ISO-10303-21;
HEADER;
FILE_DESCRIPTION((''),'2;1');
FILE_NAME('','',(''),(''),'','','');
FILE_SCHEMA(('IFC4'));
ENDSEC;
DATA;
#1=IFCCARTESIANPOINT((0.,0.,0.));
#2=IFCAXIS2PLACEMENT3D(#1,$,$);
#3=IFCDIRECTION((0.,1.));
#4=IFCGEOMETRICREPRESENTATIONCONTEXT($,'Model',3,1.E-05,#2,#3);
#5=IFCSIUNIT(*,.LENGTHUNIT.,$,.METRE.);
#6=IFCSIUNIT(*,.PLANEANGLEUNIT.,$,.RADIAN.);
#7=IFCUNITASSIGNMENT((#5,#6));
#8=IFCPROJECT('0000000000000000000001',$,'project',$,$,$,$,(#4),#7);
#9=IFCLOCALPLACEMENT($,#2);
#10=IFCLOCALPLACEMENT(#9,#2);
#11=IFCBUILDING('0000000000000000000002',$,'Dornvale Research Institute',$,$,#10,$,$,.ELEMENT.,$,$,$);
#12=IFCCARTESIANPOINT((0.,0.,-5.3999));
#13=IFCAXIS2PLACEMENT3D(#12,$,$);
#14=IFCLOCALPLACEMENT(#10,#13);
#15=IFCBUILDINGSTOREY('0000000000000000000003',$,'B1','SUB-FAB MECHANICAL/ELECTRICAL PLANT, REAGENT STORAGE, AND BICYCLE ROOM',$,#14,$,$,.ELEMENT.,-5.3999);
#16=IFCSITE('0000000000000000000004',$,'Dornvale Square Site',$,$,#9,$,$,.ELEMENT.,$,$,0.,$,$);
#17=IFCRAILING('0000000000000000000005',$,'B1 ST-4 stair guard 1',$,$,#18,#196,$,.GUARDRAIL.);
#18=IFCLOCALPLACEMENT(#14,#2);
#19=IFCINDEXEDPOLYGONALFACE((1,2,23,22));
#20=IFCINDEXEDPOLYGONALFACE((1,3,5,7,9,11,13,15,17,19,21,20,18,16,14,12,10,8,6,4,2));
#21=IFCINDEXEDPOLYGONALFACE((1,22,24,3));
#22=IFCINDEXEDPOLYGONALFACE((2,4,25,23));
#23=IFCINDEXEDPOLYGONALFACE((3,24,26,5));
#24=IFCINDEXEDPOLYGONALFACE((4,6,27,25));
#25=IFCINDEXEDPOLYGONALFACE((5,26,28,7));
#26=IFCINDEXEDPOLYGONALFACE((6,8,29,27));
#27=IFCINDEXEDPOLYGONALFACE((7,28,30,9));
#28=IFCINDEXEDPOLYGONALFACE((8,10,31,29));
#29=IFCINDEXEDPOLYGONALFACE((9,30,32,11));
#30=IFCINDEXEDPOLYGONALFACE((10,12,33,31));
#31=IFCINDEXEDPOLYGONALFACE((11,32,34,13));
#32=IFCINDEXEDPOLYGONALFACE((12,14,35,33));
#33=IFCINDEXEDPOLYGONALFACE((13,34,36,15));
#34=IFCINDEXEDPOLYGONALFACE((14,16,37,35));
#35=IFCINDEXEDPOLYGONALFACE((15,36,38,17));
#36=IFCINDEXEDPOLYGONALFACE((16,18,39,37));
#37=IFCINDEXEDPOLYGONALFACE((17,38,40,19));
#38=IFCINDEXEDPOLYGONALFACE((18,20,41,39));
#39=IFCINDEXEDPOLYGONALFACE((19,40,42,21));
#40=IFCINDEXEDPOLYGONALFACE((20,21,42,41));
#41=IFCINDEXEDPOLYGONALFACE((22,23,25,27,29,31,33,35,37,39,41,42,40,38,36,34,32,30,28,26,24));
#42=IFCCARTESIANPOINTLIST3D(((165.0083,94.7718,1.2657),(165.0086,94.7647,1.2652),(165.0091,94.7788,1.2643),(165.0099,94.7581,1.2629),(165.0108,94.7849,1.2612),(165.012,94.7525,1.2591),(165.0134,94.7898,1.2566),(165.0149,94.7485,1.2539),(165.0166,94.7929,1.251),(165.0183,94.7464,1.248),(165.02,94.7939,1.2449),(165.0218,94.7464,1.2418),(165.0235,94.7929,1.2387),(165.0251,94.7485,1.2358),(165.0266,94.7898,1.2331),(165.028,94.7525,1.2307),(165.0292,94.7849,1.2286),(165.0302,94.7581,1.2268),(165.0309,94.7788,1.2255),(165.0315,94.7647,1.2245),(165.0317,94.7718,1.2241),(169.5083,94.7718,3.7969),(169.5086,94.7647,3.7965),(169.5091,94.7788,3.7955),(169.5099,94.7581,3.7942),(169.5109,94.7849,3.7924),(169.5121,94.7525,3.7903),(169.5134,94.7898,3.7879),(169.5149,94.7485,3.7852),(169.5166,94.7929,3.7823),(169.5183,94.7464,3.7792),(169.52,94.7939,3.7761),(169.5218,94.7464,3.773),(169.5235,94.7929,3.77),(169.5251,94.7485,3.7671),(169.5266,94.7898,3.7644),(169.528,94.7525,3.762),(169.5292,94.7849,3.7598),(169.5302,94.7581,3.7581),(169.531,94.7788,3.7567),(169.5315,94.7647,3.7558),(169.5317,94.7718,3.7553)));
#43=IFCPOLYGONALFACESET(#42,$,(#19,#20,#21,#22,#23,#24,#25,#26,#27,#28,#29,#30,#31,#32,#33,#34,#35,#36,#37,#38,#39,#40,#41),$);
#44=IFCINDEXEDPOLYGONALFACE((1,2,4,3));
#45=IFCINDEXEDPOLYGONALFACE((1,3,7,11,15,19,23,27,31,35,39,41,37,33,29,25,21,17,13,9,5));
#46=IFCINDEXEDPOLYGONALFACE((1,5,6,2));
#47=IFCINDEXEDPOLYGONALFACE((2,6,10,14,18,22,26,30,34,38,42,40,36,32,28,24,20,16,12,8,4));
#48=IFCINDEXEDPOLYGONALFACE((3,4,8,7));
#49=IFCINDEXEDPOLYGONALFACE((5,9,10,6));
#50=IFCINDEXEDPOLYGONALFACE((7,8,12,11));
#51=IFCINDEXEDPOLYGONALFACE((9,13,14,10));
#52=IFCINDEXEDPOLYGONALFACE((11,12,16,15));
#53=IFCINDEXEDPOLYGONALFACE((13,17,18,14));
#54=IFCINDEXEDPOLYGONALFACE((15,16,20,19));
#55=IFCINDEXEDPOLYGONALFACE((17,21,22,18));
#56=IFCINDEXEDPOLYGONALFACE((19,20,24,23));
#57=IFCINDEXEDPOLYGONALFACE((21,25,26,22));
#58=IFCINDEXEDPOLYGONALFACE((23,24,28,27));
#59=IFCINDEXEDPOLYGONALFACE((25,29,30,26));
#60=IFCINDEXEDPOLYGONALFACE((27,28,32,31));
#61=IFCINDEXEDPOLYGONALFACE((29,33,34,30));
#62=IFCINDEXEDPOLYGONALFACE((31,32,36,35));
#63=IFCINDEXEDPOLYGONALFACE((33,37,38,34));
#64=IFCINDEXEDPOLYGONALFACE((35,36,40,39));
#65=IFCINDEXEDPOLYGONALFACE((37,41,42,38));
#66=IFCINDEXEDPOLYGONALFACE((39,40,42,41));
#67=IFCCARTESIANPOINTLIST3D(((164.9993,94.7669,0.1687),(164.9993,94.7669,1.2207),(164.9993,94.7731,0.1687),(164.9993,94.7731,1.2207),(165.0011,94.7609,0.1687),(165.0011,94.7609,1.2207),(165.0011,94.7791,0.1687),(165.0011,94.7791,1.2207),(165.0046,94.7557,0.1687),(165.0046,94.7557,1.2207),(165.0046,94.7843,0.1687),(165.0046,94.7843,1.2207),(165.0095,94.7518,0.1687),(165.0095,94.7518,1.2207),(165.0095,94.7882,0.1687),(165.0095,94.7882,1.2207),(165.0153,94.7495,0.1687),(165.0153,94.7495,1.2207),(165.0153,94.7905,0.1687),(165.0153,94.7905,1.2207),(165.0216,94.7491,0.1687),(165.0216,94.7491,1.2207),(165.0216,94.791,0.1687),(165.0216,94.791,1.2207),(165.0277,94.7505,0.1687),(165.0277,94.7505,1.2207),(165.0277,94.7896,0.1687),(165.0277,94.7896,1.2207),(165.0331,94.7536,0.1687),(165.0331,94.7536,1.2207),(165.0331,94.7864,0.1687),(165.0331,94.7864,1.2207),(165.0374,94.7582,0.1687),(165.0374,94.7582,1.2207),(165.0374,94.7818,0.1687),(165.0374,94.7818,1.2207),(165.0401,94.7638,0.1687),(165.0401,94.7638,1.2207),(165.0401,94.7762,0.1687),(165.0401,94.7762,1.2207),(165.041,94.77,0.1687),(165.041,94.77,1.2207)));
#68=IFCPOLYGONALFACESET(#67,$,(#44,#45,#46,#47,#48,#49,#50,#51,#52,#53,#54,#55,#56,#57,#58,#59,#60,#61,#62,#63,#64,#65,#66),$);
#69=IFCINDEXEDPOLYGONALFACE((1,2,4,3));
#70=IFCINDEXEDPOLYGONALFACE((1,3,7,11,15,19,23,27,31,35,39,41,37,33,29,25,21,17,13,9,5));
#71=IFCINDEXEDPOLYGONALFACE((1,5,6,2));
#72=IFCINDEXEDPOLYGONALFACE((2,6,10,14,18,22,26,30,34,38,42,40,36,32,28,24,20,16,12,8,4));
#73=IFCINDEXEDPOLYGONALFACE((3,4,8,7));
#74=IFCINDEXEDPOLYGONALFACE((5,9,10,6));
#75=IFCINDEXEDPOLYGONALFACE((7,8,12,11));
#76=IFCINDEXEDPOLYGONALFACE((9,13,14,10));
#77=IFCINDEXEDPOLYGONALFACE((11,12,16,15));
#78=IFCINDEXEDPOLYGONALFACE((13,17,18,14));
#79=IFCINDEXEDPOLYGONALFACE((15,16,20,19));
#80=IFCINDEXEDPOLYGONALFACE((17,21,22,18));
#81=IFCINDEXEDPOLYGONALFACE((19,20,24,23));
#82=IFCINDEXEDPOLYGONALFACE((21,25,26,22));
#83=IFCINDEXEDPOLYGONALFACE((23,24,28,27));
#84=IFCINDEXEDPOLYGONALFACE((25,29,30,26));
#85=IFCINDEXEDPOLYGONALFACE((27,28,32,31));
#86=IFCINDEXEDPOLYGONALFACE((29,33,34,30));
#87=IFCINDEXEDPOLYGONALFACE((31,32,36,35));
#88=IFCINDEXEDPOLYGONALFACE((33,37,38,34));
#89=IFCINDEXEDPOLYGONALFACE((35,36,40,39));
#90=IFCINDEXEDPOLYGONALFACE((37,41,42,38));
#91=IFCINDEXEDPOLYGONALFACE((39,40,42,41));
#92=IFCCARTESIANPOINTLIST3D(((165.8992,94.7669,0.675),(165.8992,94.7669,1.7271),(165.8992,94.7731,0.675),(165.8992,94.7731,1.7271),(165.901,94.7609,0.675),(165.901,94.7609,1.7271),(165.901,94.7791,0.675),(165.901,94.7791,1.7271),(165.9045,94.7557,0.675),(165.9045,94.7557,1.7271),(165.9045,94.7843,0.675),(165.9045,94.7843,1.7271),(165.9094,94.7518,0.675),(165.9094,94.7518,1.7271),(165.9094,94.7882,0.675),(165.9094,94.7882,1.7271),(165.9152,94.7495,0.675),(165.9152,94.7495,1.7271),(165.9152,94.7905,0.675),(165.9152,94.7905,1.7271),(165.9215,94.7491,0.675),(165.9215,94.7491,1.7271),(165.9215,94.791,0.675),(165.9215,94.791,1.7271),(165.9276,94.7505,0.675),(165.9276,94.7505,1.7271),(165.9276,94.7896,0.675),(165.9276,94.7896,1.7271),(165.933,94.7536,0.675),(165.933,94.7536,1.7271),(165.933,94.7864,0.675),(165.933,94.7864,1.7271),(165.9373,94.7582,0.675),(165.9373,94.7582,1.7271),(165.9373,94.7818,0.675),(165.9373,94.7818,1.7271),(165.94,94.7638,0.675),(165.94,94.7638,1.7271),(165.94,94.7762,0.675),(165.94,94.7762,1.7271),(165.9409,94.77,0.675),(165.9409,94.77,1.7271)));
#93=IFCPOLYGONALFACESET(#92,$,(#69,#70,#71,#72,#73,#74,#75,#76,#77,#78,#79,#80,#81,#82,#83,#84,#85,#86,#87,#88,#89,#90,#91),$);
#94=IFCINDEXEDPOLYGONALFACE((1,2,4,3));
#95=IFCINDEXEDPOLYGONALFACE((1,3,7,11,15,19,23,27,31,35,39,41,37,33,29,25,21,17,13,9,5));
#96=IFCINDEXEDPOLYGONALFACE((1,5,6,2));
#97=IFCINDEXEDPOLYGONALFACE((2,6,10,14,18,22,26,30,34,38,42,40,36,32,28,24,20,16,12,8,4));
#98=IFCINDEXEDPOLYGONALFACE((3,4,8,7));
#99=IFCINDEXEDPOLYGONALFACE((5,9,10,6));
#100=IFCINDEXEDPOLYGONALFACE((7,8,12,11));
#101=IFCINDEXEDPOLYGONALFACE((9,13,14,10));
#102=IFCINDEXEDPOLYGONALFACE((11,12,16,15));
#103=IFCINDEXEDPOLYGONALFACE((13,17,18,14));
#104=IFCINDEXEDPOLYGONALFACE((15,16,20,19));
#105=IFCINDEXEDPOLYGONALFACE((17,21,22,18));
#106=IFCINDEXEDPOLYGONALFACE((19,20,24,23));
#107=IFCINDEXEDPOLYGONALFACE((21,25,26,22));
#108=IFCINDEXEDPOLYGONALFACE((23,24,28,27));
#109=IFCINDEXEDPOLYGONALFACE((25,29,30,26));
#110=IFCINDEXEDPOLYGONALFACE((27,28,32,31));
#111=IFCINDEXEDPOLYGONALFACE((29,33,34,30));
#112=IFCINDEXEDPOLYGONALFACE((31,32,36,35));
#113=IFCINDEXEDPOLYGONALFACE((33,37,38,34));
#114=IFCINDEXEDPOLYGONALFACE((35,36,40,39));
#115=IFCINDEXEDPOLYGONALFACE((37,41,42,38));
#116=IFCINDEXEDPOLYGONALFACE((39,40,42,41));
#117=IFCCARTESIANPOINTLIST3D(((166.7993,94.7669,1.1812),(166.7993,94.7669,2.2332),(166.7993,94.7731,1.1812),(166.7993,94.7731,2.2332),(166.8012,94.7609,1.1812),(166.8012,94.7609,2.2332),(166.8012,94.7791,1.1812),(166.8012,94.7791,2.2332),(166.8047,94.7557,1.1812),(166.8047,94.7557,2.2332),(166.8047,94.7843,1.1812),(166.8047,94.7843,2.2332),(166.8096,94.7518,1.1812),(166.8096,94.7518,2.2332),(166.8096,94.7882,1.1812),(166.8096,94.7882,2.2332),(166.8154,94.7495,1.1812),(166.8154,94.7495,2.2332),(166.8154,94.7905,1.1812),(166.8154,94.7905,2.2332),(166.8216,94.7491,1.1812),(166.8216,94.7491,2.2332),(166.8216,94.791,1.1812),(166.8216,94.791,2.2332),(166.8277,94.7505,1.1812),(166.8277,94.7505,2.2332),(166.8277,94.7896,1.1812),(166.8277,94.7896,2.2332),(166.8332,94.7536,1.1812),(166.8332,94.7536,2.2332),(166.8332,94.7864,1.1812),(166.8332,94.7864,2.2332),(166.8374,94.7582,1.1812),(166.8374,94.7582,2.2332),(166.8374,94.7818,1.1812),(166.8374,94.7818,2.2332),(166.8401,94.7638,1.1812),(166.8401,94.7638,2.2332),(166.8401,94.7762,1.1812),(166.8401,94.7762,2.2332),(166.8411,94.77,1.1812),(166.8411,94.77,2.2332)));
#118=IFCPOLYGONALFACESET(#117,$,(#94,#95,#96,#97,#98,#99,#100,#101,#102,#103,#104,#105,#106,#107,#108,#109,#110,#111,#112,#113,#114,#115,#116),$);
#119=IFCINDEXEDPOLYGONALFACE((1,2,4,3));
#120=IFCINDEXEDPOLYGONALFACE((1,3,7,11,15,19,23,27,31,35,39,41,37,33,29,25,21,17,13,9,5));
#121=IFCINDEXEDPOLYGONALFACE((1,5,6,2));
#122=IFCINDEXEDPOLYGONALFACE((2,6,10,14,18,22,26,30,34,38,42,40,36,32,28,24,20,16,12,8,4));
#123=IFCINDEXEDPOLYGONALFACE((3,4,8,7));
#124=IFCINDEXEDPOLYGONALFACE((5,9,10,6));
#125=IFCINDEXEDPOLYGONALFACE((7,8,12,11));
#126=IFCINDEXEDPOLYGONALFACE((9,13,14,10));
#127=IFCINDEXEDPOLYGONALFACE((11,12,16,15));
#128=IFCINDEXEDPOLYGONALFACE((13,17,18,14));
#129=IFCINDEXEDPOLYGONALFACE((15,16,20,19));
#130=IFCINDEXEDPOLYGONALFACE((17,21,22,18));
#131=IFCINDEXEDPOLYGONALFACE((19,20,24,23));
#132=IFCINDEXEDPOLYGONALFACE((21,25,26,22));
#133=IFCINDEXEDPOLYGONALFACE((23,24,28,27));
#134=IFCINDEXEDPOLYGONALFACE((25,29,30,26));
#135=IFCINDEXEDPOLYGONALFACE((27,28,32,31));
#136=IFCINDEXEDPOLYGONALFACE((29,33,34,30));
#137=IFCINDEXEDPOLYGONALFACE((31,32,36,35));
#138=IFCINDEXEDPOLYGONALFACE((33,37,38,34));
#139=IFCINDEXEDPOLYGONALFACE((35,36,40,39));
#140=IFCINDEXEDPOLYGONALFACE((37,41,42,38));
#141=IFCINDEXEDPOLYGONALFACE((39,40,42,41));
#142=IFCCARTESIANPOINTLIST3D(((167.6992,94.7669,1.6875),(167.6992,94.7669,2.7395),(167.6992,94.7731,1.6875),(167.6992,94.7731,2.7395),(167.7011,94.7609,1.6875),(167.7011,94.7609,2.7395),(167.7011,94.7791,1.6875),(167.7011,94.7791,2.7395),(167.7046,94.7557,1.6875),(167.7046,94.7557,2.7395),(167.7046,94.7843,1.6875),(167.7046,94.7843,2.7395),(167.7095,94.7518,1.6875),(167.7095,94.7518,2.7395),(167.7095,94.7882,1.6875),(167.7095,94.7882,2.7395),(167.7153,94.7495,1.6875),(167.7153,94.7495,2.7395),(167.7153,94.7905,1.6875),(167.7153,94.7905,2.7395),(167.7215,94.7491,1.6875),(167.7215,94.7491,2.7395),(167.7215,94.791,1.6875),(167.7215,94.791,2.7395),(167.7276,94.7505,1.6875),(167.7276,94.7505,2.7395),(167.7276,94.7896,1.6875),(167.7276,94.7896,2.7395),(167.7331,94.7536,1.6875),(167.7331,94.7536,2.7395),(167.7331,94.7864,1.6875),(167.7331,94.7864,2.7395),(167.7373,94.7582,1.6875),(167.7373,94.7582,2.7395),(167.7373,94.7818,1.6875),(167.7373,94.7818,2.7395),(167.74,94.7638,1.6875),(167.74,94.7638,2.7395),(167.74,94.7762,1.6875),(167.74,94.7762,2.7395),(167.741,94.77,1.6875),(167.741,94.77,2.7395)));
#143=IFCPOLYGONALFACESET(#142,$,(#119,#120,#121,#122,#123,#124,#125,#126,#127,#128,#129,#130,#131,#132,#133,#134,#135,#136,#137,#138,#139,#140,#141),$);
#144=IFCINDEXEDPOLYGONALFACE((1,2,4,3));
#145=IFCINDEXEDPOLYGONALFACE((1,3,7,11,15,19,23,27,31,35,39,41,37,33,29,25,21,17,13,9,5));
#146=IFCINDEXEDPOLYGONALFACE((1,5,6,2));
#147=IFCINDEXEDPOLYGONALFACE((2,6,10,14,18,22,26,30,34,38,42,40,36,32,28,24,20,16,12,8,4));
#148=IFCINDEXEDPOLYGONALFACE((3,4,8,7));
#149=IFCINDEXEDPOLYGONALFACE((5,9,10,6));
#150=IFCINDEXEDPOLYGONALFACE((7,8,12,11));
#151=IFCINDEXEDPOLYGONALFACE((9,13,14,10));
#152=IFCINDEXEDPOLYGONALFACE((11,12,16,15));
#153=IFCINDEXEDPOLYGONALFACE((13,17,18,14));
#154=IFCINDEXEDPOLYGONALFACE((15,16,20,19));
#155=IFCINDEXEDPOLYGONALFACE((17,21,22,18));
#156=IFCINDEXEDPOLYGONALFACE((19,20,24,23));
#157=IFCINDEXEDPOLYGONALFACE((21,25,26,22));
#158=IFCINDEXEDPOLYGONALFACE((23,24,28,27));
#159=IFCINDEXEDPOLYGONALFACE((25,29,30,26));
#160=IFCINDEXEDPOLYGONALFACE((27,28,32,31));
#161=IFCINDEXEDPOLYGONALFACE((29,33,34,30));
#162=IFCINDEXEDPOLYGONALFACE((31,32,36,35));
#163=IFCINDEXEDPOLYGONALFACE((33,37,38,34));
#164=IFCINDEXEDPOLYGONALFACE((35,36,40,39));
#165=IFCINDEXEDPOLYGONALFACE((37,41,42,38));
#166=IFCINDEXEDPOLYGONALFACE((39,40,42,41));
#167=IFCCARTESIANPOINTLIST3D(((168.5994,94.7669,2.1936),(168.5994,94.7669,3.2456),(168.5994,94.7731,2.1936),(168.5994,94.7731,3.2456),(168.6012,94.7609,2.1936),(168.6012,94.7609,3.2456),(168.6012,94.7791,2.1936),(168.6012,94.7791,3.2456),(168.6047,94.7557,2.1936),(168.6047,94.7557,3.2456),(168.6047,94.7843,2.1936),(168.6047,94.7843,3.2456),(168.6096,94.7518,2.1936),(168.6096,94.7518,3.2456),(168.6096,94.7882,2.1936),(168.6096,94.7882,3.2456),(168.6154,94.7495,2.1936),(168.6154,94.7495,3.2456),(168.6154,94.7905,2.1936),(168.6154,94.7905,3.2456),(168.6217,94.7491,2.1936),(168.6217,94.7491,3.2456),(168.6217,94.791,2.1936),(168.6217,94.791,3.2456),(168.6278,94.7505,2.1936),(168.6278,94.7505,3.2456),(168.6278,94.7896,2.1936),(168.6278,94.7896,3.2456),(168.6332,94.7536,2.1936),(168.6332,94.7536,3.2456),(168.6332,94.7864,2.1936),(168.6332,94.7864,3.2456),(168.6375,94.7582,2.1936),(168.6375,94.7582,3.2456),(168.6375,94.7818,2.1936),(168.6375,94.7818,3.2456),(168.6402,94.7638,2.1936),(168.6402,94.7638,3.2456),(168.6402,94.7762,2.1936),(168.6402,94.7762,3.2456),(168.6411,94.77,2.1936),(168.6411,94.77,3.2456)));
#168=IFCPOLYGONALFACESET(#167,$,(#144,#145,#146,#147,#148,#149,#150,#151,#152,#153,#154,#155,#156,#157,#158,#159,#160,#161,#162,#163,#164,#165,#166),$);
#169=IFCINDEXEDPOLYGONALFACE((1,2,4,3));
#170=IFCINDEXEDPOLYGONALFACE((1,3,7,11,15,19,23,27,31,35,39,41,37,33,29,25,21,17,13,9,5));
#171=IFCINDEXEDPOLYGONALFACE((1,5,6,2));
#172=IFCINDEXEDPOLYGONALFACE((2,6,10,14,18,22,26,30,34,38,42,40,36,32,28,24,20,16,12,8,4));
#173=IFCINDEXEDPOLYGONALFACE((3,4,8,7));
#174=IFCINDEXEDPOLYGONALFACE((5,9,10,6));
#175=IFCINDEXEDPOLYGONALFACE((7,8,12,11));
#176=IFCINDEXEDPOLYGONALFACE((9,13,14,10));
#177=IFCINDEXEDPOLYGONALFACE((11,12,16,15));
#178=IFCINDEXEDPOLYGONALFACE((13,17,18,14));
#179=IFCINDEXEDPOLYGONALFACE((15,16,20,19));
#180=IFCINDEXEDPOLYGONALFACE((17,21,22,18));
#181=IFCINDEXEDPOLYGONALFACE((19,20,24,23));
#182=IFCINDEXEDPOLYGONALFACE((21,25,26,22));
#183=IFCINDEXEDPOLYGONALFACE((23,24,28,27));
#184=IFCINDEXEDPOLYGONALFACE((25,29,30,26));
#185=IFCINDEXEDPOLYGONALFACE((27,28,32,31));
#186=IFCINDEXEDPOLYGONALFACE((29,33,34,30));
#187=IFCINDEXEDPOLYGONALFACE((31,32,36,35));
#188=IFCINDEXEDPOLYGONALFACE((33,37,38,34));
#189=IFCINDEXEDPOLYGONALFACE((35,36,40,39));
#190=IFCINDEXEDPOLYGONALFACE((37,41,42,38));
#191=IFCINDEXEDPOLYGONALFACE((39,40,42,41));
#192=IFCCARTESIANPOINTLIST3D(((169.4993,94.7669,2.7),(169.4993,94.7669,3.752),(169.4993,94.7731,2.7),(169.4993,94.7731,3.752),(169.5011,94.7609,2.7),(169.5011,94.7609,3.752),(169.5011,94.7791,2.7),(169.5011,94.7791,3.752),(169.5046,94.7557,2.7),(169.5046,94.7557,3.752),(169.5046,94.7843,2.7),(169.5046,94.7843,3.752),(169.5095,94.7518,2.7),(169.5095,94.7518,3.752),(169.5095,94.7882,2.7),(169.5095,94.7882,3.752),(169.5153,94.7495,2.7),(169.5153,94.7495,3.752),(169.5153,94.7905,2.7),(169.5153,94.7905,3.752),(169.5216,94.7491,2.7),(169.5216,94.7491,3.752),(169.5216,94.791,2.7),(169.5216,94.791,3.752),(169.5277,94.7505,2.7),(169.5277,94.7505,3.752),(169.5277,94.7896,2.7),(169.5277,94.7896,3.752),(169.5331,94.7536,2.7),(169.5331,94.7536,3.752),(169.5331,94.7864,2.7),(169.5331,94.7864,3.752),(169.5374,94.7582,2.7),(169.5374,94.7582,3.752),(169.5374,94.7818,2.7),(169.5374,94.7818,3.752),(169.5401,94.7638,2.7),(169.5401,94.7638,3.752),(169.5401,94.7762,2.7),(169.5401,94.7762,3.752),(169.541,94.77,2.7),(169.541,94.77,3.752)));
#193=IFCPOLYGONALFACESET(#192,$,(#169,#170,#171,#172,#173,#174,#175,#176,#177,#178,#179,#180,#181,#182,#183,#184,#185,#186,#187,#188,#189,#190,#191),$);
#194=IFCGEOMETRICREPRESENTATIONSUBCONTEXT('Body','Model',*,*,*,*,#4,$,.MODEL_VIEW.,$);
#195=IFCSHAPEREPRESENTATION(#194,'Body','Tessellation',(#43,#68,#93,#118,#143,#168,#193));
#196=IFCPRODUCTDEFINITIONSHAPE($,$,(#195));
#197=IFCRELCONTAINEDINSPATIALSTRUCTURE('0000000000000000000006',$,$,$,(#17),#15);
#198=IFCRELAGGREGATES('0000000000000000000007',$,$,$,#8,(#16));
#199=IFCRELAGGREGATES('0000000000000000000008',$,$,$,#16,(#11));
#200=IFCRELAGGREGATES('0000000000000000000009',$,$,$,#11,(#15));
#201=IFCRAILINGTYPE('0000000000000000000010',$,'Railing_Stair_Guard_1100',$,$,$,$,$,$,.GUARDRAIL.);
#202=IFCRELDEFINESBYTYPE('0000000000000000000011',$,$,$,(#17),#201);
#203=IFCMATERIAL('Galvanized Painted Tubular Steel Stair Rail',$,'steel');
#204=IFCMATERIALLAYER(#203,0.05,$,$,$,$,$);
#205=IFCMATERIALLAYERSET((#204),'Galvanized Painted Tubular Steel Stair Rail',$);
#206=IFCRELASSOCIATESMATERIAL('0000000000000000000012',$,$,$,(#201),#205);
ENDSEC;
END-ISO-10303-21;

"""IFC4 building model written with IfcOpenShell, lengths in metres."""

from ifc_helpers import new_model, si_unit, direction, frame, origin, origin_2d, place, context, subcontext, project, spatial, circle, extrude, material, layer, layer_set, type_object, element, save


model = new_model("IFC4")

# Units and contexts
model_context = context("Model", 3, precision=1e-05, world=origin(), true_north=direction((0.0, 1.0)))
body_context = subcontext(model_context, "Body", "Model", "MODEL_VIEW")
ifc_project = project(units=[si_unit("LENGTHUNIT", "METRE"), si_unit("PLANEANGLEUNIT", "RADIAN")], contexts=[model_context])

# Site, building, storey
site_placement = place(None, origin())
site = spatial("IfcSite", under=ifc_project, at=site_placement, Name="Dornvale Square Site", CompositionType="ELEMENT", RefElevation=0.0)
building_placement = place(site_placement, origin())
building = spatial("IfcBuilding", under=site, at=building_placement, Name="Dornvale Research Institute", CompositionType="ELEMENT")
storey_placement = place(building_placement, frame((0.0, 0.0, -5.3999)))
storey = spatial("IfcBuildingStorey", under=building, at=storey_placement, Name="B1", Description="SUB-FAB MECHANICAL/ELECTRICAL PLANT, REAGENT STORAGE, AND BICYCLE ROOM", CompositionType="ELEMENT", Elevation=-5.3999)

# Railing
ifc_material_1 = material(Name="Galvanized Painted Tubular Steel Stair Rail", Category="steel")
ifc_layer_1 = layer(ifc_material_1, 0.05)
ifc_layer_set_1 = layer_set([ifc_layer_1], Name="Galvanized Painted Tubular Steel Stair Rail")
railing_type_1 = type_object("IfcRailingType", Name="Railing_Stair_Guard_1100", PredefinedType="GUARDRAIL", material=ifc_layer_set_1)
railing_1_placement = place(storey_placement, frame((165.02, 94.77, 0.1687)))
element("IfcRailing", 1, at=railing_1_placement, inside=storey, type_object=railing_type_1, Name="B1 ST-4 stair guard 1", PredefinedType="GUARDRAIL", context=body_context, shape_type="SweptSolid", body=[
    extrude(circle(Radius=0.0239, at=origin_2d()), frame((0.0, 0.0, 1.0762), z_axis=(0.871576, 0.0, 0.490261), x_axis=(0.0, 1.0, 0.0)), (0.0, 0.0, 1.0), 5.1631),
    extrude(circle(Radius=0.021, at=origin_2d()), origin(), (0.0, 0.0, 1.0), 1.052),
    extrude(circle(Radius=0.021, at=origin_2d()), frame((0.8999, 0.0, 0.5063)), (0.0, 0.0, 1.0), 1.052),
    extrude(circle(Radius=0.021, at=origin_2d()), frame((1.8, 0.0, 1.0125)), (0.0, 0.0, 1.0), 1.052),
    extrude(circle(Radius=0.021, at=origin_2d()), frame((2.7, 0.0, 1.5188)), (0.0, 0.0, 1.0), 1.052),
    extrude(circle(Radius=0.021, at=origin_2d()), frame((3.6001, 0.0, 2.0249)), (0.0, 0.0, 1.0), 1.052),
    extrude(circle(Radius=0.021, at=origin_2d()), frame((4.5, 0.0, 2.5312)), (0.0, 0.0, 1.0), 1.052),
])

save(model, "model.ifc")
